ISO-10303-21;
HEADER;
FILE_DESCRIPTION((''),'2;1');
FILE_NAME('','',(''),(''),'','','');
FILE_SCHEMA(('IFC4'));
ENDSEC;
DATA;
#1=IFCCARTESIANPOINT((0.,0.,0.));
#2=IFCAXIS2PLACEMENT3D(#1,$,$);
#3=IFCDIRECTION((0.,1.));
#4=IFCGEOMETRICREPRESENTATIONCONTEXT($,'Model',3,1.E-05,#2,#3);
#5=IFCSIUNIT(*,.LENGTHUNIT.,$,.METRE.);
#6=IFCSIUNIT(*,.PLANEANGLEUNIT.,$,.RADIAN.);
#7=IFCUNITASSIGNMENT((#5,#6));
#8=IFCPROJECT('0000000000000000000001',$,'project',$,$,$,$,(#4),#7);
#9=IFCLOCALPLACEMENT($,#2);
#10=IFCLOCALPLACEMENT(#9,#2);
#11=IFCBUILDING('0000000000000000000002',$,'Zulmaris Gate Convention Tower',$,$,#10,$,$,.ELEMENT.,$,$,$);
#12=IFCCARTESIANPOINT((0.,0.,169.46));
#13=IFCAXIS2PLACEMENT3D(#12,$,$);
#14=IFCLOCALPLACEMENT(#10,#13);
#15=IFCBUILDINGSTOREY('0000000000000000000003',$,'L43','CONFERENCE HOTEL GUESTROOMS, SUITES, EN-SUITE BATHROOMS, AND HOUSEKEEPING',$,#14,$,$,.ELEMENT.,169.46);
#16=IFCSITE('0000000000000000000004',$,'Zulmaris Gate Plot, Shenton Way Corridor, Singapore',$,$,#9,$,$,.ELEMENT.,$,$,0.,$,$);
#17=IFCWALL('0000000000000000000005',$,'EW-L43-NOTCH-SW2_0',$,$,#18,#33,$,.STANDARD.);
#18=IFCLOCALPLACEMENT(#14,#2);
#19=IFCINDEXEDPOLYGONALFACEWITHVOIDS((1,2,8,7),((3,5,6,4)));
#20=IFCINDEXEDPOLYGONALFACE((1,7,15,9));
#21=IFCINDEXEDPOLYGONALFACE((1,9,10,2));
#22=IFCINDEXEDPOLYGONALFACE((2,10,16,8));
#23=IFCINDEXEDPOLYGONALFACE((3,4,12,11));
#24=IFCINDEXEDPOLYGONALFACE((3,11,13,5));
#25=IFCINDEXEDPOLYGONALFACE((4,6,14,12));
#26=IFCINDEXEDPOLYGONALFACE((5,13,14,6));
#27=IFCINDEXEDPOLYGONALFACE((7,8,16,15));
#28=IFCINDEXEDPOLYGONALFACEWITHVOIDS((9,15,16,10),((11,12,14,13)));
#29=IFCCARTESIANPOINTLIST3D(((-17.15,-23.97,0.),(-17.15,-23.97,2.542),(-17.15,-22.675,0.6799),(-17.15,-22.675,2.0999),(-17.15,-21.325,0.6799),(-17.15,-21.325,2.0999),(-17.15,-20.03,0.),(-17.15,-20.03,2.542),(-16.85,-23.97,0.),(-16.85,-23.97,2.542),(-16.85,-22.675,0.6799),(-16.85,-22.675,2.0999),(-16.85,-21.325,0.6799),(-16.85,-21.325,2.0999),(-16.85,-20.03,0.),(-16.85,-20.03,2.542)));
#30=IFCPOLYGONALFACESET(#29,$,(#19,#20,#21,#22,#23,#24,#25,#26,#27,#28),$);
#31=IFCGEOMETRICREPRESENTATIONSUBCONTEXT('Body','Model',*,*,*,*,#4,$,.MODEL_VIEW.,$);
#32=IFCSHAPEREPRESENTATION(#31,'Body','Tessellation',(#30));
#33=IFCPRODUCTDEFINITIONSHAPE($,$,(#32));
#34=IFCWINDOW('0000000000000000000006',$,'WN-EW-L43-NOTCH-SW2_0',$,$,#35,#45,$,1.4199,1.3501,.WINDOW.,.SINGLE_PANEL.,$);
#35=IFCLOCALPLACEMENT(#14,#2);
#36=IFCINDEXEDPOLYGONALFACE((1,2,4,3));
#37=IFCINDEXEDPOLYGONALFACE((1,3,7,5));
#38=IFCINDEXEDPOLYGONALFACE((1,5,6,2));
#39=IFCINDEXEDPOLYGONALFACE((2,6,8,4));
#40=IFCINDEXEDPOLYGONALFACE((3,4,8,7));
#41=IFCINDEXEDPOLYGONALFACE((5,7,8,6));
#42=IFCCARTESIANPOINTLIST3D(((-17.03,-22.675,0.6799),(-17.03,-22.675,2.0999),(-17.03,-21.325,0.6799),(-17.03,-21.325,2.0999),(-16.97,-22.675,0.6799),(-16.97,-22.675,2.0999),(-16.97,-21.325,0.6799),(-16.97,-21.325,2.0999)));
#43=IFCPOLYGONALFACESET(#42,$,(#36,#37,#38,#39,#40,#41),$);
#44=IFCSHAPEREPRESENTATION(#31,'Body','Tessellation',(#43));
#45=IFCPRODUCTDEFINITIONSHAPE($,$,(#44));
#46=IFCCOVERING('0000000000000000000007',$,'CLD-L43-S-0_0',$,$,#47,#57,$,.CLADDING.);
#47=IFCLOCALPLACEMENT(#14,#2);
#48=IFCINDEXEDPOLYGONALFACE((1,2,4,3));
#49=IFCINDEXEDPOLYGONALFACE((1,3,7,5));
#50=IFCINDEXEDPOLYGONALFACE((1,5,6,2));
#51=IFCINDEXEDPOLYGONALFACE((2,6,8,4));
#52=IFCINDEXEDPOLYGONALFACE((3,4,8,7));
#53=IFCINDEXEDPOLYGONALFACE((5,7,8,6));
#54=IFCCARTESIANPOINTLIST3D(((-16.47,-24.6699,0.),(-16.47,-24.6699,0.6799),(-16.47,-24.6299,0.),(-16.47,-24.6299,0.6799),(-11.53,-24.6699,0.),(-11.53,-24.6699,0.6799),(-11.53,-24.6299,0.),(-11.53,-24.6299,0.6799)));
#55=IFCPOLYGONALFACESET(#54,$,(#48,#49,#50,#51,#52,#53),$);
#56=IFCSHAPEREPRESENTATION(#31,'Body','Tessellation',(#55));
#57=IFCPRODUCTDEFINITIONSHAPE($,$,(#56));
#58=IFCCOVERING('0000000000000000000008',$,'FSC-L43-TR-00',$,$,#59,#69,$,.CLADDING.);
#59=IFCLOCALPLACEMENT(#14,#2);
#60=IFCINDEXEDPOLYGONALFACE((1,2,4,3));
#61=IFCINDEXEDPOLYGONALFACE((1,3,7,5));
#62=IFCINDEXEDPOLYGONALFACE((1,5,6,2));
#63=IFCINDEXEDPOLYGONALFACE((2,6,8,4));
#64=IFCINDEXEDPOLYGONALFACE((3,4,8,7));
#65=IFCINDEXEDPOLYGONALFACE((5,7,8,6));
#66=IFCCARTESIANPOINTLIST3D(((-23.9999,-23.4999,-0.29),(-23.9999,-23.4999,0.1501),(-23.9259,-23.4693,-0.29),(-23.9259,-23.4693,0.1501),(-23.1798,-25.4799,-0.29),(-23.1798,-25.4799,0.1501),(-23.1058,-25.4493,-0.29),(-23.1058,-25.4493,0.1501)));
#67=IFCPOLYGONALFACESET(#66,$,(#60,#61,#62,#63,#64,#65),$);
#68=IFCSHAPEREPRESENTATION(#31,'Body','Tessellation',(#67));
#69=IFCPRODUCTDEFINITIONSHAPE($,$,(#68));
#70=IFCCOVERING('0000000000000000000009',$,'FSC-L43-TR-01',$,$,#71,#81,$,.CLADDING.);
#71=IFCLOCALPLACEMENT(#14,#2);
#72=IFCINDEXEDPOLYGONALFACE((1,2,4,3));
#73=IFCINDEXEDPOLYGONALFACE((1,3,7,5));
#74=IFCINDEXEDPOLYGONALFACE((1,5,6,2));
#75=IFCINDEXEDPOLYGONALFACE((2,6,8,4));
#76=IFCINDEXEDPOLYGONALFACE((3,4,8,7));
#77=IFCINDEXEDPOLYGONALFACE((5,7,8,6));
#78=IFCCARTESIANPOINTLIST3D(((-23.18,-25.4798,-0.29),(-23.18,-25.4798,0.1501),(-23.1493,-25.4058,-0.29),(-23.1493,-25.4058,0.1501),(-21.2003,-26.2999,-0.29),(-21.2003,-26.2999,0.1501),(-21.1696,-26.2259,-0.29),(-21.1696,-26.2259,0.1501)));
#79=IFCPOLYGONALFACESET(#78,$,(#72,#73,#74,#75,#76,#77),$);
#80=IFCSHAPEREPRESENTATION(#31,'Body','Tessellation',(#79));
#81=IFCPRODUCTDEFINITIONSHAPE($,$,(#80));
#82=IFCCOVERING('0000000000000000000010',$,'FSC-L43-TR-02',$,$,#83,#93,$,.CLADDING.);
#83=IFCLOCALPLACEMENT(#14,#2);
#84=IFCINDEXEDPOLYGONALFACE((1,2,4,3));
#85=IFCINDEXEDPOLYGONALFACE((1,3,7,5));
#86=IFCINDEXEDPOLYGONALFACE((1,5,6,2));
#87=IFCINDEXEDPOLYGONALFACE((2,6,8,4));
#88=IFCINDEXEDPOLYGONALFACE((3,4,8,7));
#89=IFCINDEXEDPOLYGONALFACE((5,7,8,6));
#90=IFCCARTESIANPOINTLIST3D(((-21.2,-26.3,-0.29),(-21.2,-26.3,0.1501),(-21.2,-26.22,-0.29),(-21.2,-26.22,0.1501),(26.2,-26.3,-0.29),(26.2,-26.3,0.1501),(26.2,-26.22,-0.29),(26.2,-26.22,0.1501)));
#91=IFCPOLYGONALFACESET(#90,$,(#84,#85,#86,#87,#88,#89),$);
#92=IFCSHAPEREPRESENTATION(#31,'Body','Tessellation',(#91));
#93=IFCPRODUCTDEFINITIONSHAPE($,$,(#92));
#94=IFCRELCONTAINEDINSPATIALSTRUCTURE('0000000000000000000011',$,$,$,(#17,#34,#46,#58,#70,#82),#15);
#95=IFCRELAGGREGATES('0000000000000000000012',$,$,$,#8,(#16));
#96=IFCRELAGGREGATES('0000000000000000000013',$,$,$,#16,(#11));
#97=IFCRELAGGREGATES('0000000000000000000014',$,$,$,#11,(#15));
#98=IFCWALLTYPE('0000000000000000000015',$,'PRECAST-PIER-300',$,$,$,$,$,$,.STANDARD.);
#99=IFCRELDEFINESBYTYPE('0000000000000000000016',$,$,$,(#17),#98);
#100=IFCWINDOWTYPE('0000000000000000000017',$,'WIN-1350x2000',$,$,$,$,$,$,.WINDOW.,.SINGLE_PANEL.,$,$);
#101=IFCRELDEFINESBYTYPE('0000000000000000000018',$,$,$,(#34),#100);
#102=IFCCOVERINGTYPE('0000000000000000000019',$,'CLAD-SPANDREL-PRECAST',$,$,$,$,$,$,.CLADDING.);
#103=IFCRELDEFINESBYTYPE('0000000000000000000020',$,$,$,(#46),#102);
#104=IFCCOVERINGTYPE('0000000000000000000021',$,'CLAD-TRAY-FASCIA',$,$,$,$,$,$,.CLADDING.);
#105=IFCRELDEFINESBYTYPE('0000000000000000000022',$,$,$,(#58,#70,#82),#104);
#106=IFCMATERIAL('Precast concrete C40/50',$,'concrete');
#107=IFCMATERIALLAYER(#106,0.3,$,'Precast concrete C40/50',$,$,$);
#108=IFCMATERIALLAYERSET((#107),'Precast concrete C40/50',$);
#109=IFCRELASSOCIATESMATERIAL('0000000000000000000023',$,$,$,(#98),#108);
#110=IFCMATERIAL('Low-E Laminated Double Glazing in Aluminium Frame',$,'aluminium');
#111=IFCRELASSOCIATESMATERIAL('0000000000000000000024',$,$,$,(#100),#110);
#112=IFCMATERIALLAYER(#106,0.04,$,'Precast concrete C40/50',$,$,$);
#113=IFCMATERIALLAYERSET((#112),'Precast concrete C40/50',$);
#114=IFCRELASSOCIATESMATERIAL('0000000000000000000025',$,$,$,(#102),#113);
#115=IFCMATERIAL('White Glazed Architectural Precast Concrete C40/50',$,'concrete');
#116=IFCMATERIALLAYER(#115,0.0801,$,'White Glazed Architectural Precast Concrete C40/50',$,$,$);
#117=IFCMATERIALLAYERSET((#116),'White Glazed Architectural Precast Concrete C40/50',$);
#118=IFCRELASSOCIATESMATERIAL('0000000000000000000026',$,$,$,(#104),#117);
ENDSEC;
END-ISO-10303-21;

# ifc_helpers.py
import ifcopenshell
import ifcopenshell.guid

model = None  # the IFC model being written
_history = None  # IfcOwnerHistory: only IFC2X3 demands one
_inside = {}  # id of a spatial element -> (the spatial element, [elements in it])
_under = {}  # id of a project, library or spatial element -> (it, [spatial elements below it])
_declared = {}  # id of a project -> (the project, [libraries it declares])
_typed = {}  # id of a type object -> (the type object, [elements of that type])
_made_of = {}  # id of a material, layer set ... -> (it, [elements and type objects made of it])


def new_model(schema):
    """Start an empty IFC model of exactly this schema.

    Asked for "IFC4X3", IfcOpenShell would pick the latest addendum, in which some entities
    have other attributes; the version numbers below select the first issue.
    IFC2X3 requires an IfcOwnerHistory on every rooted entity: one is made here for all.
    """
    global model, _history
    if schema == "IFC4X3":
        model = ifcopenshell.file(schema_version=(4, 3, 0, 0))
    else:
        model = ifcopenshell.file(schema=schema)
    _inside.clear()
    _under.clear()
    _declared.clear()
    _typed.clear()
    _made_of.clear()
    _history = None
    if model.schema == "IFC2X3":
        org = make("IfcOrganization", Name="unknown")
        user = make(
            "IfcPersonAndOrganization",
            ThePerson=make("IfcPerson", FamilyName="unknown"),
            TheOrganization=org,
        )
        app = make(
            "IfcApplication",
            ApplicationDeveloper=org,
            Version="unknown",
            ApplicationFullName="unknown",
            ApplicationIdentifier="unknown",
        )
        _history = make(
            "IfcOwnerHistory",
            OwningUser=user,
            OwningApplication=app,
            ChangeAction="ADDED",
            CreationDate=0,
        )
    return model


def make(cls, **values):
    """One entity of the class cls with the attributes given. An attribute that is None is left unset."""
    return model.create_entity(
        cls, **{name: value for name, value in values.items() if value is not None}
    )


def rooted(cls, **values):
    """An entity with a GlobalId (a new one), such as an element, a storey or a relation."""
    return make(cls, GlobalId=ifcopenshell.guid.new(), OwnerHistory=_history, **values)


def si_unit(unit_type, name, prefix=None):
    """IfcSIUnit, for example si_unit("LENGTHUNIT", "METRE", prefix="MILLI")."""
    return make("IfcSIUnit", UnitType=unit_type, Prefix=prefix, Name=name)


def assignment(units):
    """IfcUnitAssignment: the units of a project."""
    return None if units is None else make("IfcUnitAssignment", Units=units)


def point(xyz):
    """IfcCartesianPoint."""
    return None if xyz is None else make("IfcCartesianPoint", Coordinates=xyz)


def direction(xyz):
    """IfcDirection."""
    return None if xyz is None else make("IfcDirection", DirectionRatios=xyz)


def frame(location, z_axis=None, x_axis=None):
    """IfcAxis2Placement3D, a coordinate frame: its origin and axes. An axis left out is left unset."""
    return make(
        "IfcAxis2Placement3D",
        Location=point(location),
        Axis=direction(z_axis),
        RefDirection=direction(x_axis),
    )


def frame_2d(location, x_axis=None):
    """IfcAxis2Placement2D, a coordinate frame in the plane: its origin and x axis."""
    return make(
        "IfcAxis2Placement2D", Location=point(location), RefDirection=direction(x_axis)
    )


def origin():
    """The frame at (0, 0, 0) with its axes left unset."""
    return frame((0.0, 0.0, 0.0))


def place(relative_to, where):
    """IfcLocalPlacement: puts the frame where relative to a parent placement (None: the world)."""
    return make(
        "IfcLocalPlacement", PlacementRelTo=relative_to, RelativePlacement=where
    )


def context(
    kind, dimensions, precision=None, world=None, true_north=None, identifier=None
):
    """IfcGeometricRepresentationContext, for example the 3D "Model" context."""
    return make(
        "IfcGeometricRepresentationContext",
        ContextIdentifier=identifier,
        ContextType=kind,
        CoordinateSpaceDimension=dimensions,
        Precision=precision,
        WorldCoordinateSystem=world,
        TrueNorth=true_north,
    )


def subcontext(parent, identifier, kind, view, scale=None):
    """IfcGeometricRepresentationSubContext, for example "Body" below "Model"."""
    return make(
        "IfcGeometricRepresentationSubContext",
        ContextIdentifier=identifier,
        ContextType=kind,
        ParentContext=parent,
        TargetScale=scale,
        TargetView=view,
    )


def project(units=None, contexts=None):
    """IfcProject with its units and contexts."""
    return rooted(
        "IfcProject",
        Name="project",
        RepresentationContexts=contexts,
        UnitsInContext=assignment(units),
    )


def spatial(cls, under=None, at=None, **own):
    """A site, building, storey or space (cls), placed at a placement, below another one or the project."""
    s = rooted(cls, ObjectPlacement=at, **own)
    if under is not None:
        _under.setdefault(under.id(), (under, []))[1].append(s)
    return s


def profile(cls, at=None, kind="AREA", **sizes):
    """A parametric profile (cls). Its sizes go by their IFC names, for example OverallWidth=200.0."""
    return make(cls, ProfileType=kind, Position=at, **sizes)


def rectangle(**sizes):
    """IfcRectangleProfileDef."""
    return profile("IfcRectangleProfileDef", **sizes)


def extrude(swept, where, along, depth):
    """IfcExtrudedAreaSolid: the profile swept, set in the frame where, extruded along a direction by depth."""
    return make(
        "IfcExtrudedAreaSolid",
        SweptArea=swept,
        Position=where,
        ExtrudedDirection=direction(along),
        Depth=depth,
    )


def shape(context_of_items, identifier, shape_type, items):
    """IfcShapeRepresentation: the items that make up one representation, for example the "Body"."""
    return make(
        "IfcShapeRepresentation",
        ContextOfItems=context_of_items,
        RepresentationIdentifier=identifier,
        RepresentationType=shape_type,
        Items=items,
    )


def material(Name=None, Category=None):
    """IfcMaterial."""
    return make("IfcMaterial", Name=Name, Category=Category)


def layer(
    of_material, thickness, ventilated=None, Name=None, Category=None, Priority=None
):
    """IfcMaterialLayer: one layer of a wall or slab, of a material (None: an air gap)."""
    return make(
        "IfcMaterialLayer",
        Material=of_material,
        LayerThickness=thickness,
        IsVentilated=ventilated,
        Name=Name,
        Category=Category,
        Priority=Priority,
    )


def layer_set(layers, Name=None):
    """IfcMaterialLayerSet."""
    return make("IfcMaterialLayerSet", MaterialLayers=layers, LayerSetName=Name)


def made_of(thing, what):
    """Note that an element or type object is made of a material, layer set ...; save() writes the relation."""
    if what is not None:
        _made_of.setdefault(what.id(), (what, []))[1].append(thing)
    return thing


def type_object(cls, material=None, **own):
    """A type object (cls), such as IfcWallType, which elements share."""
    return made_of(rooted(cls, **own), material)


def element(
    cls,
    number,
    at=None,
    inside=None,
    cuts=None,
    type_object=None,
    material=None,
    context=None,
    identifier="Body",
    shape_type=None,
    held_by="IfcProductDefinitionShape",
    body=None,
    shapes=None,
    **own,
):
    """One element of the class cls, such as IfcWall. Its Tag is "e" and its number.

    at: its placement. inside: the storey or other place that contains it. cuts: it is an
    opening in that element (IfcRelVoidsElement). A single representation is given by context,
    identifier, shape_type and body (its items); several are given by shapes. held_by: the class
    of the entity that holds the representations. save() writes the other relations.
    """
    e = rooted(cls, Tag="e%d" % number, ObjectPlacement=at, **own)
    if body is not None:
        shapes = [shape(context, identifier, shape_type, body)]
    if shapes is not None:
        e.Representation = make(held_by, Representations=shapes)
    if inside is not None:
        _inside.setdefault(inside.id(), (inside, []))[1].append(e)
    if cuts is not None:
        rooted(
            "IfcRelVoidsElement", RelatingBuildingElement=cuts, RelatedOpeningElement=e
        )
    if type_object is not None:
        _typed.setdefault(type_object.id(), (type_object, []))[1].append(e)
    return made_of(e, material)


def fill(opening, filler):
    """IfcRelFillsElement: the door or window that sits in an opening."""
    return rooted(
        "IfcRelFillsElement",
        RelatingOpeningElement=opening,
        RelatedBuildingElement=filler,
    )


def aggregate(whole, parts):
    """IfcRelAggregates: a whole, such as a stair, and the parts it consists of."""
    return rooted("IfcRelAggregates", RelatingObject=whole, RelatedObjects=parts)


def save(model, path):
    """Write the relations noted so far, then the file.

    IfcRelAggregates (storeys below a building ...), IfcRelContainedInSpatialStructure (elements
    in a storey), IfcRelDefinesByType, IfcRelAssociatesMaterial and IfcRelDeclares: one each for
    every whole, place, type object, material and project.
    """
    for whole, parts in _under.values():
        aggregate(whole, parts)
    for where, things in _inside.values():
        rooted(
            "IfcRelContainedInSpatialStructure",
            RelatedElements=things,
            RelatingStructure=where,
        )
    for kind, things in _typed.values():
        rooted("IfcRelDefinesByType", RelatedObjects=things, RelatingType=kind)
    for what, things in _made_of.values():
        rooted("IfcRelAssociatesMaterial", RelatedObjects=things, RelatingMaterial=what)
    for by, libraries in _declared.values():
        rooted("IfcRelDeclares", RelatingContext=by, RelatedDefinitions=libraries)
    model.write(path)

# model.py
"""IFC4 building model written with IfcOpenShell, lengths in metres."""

from ifc_helpers import new_model, si_unit, direction, frame, frame_2d, origin, place, context, subcontext, project, spatial, rectangle, extrude, material, layer, layer_set, type_object, element, fill, save


model = new_model("IFC4")

# Units and contexts
model_context = context("Model", 3, precision=1e-05, world=origin(), true_north=direction((0.0, 1.0)))
body_context = subcontext(model_context, "Body", "Model", "MODEL_VIEW")
ifc_project = project(units=[si_unit("LENGTHUNIT", "METRE"), si_unit("PLANEANGLEUNIT", "RADIAN")], contexts=[model_context])

# Site, building, storey
site_placement = place(None, origin())
site = spatial("IfcSite", under=ifc_project, at=site_placement, Name="Zulmaris Gate Plot, Shenton Way Corridor, Singapore", CompositionType="ELEMENT", RefElevation=0.0)
building_placement = place(site_placement, origin())
building = spatial("IfcBuilding", under=site, at=building_placement, Name="Zulmaris Gate Convention Tower", CompositionType="ELEMENT")
storey_placement = place(building_placement, frame((0.0, 0.0, 169.46)))
storey = spatial("IfcBuildingStorey", under=building, at=storey_placement, Name="L43", Description="CONFERENCE HOTEL GUESTROOMS, SUITES, EN-SUITE BATHROOMS, AND HOUSEKEEPING", CompositionType="ELEMENT", Elevation=169.46)

# Wall, opening, window
ifc_material_1 = material(Name="Precast concrete C40/50", Category="concrete")
ifc_layer_1 = layer(ifc_material_1, 0.3, Name="Precast concrete C40/50")
ifc_layer_set_1 = layer_set([ifc_layer_1], Name="Precast concrete C40/50")
wall_type_1 = type_object("IfcWallType", Name="PRECAST-PIER-300", PredefinedType="STANDARD", material=ifc_layer_set_1)
ifc_material_2 = material(Name="Low-E Laminated Double Glazing in Aluminium Frame", Category="aluminium")
window_type = type_object("IfcWindowType", Name="WIN-1350x2000", PartitioningType="SINGLE_PANEL", PredefinedType="WINDOW", material=ifc_material_2)
wall_1_placement = place(storey_placement, frame((-17.0, -20.03, 0.0), z_axis=(0.0, 0.0, 1.0), x_axis=(0.0, -1.0, 0.0)))
wall_1 = element("IfcWall", 1, at=wall_1_placement, inside=storey, type_object=wall_type_1, Name="EW-L43-NOTCH-SW2_0", PredefinedType="STANDARD", context=body_context, shape_type="SweptSolid", body=[
    extrude(rectangle(XDim=3.9399, YDim=0.3, at=frame_2d((1.97, 0.0))), origin(), (0.0, 0.0, 1.0), 2.542),
])
opening_1_placement = place(wall_1_placement, frame((1.2949, 0.0, 0.6799)))
opening_1 = element("IfcOpeningElement", 2, at=opening_1_placement, cuts=wall_1, PredefinedType="OPENING", context=body_context, shape_type="SweptSolid", body=[
    extrude(rectangle(XDim=1.3501, YDim=1.4199, at=frame_2d((0.675, 0.71))), frame((0.0, 0.1602, 0.0), z_axis=(0.0, -1.0, 0.0), x_axis=(1.0, 0.0, 0.0)), (0.0, 0.0, 1.0), 0.3201),
])
window_1_placement = place(opening_1_placement, origin())
window_1 = element("IfcWindow", 3, at=window_1_placement, inside=storey, type_object=window_type, Name="WN-EW-L43-NOTCH-SW2_0", OverallHeight=1.4199, OverallWidth=1.3501, PartitioningType="SINGLE_PANEL", PredefinedType="WINDOW", context=body_context, shape_type="SweptSolid", body=[
    extrude(rectangle(XDim=1.3501, YDim=1.4199, at=frame_2d((0.675, 0.71))), frame((0.0, 0.03, 0.0), z_axis=(0.0, -1.0, 0.0), x_axis=(1.0, 0.0, 0.0)), (0.0, 0.0, 1.0), 0.0601),
])
fill(opening_1, window_1)

# Coverings
ifc_layer_2 = layer(ifc_material_1, 0.04, Name="Precast concrete C40/50")
ifc_layer_set_2 = layer_set([ifc_layer_2], Name="Precast concrete C40/50")
covering_type_1 = type_object("IfcCoveringType", Name="CLAD-SPANDREL-PRECAST", PredefinedType="CLADDING", material=ifc_layer_set_2)
covering_1_placement = place(storey_placement, frame((-16.47, -24.6499, 0.0), z_axis=(0.0, 0.0, 1.0), x_axis=(1.0, 0.0, 0.0)))
element("IfcCovering", 4, at=covering_1_placement, inside=storey, type_object=covering_type_1, Name="CLD-L43-S-0_0", PredefinedType="CLADDING", context=body_context, shape_type="SweptSolid", body=[
    extrude(rectangle(XDim=4.9399, YDim=0.04, at=frame_2d((2.47, 0.0))), origin(), (0.0, 0.0, 1.0), 0.6799),
])
ifc_material_3 = material(Name="White Glazed Architectural Precast Concrete C40/50", Category="concrete")
ifc_layer_3 = layer(ifc_material_3, 0.0801, Name="White Glazed Architectural Precast Concrete C40/50")
ifc_layer_set_3 = layer_set([ifc_layer_3], Name="White Glazed Architectural Precast Concrete C40/50")
covering_type_2 = type_object("IfcCoveringType", Name="CLAD-TRAY-FASCIA", PredefinedType="CLADDING", material=ifc_layer_set_3)
covering_2_placement = place(storey_placement, frame((-23.9629, -23.4846, -0.29), z_axis=(0.0, 0.0, 1.0), x_axis=(0.382657, -0.92389, 0.0)))
element("IfcCovering", 5, at=covering_2_placement, inside=storey, type_object=covering_type_2, Name="FSC-L43-TR-00", PredefinedType="CLADDING", context=body_context, shape_type="SweptSolid", body=[
    extrude(rectangle(XDim=2.1431, YDim=0.0801, at=frame_2d((1.0715, 0.0))), origin(), (0.0, 0.0, 1.0), 0.4402),
])
covering_3_placement = place(storey_placement, frame((-23.1646, -25.4429, -0.29), z_axis=(0.0, 0.0, 1.0), x_axis=(0.923874, -0.382697, 0.0)))
element("IfcCovering", 6, at=covering_3_placement, inside=storey, type_object=covering_type_2, Name="FSC-L43-TR-01", PredefinedType="CLADDING", context=body_context, shape_type="SweptSolid", body=[
    extrude(rectangle(XDim=2.1428, YDim=0.0801, at=frame_2d((1.0713, 0.0))), origin(), (0.0, 0.0, 1.0), 0.4402),
])
covering_4_placement = place(storey_placement, frame((-21.2, -26.26, -0.29), z_axis=(0.0, 0.0, 1.0), x_axis=(1.0, 0.0, 0.0)))
element("IfcCovering", 7, at=covering_4_placement, inside=storey, type_object=covering_type_2, Name="FSC-L43-TR-02", PredefinedType="CLADDING", context=body_context, shape_type="SweptSolid", body=[
    extrude(rectangle(XDim=47.3999, YDim=0.0801, at=frame_2d((23.7, 0.0))), origin(), (0.0, 0.0, 1.0), 0.4402),
])

save(model, "model.ifc")
